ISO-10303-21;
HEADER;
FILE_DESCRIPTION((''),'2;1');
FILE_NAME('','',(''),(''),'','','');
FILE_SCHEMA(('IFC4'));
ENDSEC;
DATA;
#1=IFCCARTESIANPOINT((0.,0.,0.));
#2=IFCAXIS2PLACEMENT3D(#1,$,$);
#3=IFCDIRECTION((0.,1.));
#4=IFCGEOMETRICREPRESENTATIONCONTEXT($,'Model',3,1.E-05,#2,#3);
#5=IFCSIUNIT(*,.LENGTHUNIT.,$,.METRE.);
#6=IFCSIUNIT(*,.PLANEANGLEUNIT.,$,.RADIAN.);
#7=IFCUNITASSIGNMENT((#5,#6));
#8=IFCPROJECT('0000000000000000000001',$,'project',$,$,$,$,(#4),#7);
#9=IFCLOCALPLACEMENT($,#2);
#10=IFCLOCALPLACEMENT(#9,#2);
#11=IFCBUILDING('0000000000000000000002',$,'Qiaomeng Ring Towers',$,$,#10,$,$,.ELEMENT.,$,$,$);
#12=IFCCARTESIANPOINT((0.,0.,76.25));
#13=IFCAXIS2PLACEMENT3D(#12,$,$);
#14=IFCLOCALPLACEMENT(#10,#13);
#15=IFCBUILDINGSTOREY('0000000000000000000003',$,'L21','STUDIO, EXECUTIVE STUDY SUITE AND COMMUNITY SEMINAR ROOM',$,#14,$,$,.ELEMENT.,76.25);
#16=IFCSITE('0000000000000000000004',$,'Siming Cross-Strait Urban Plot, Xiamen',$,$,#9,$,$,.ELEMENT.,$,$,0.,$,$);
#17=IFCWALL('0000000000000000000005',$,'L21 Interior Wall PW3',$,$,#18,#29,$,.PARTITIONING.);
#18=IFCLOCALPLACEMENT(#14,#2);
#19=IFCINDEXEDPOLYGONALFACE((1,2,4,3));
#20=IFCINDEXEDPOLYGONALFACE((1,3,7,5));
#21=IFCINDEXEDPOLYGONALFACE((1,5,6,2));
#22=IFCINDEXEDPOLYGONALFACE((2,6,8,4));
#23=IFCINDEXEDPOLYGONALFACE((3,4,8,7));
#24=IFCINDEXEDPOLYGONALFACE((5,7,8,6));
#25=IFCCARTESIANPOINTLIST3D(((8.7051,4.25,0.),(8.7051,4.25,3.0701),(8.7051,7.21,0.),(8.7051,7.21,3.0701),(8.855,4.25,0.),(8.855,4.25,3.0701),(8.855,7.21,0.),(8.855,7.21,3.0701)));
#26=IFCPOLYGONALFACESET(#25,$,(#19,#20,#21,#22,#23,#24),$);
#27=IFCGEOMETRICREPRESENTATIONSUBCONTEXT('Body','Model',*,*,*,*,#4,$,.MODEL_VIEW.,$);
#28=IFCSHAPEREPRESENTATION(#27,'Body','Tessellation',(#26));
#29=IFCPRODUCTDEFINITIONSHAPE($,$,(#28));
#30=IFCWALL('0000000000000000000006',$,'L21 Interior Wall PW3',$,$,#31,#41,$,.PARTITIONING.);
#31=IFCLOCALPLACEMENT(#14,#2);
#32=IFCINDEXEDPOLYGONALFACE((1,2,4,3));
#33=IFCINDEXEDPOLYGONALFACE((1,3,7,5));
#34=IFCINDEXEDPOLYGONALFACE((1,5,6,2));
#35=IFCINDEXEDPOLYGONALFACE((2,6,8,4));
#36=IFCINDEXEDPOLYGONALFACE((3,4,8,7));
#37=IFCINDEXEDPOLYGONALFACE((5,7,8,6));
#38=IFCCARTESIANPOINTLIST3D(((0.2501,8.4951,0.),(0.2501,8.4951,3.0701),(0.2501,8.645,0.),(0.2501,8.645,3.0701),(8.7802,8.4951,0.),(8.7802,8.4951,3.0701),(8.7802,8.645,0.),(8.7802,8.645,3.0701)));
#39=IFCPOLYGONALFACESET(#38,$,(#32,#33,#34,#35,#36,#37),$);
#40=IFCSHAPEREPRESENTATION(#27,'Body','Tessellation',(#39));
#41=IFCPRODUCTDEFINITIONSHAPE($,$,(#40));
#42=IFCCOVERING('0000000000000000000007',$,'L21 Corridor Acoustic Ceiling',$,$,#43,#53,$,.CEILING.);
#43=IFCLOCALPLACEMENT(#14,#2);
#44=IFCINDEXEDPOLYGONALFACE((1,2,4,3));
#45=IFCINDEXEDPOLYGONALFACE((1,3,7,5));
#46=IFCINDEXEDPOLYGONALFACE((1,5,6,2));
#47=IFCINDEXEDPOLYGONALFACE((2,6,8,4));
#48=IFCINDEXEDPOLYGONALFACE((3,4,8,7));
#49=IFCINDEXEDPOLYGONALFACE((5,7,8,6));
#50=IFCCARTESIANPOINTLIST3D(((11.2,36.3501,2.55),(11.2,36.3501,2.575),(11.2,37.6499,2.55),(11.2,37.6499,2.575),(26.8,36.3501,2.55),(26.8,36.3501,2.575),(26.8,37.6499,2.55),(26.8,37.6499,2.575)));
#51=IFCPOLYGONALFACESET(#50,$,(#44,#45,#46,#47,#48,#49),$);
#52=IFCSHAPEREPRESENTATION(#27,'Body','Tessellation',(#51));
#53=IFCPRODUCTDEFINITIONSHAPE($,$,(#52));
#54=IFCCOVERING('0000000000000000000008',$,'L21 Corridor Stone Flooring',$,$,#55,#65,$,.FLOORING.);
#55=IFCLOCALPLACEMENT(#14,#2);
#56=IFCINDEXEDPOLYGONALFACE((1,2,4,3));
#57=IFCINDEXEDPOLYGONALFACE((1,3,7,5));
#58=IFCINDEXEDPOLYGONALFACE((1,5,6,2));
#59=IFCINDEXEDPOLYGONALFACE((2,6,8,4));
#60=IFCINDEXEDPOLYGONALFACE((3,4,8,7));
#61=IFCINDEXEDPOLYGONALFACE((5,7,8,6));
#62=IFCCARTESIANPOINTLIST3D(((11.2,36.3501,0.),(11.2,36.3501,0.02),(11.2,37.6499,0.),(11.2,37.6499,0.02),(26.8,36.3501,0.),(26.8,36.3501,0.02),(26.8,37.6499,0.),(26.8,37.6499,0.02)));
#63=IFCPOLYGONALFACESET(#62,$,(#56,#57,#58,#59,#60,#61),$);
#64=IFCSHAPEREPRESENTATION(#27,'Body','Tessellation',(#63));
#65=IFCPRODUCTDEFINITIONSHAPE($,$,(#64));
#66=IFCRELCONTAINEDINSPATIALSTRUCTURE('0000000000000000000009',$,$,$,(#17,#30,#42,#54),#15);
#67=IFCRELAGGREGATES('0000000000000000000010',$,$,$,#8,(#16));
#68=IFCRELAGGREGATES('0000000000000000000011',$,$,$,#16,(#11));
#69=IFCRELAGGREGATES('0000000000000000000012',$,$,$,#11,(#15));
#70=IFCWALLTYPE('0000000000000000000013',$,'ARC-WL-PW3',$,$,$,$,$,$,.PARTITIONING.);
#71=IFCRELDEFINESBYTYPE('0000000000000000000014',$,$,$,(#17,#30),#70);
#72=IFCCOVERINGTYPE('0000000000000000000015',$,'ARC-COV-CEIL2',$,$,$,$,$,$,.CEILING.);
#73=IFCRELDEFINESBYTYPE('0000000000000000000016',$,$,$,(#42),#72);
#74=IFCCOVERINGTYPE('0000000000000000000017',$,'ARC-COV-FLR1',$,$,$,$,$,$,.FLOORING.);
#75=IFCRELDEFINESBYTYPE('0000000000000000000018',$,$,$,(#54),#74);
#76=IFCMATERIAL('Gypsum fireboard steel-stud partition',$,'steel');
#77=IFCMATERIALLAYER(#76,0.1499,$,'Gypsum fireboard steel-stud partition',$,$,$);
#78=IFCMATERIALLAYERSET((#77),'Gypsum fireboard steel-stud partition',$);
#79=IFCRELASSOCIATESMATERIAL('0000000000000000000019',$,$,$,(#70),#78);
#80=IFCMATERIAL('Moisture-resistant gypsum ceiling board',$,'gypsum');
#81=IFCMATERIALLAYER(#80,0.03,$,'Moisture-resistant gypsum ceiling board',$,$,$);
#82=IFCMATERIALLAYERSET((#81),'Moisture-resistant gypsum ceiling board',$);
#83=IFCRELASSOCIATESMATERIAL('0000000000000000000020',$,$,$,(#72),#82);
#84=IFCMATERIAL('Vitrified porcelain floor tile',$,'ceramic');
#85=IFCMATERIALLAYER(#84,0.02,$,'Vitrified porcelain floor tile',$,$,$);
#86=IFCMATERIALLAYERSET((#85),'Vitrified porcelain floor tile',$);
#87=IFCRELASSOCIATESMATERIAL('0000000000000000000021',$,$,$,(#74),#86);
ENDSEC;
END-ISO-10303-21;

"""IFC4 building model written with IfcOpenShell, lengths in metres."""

from ifc_helpers import new_model, si_unit, direction, frame, frame_2d, origin, place, context, subcontext, project, spatial, polyline, rectangle, outline, extrude, material, layer, layer_set, type_object, element, save


model = new_model("IFC4")

# Units and contexts
model_context = context("Model", 3, precision=1e-05, world=origin(), true_north=direction((0.0, 1.0)))
body_context = subcontext(model_context, "Body", "Model", "MODEL_VIEW")
ifc_project = project(units=[si_unit("LENGTHUNIT", "METRE"), si_unit("PLANEANGLEUNIT", "RADIAN")], contexts=[model_context])

# Site, building, storey
site_placement = place(None, origin())
site = spatial("IfcSite", under=ifc_project, at=site_placement, Name="Siming Cross-Strait Urban Plot, Xiamen", CompositionType="ELEMENT", RefElevation=0.0)
building_placement = place(site_placement, origin())
building = spatial("IfcBuilding", under=site, at=building_placement, Name="Qiaomeng Ring Towers", CompositionType="ELEMENT")
storey_placement = place(building_placement, frame((0.0, 0.0, 76.25)))
storey = spatial("IfcBuildingStorey", under=building, at=storey_placement, Name="L21", Description="STUDIO, EXECUTIVE STUDY SUITE AND COMMUNITY SEMINAR ROOM", CompositionType="ELEMENT", Elevation=76.25)

# Walls
ifc_material_1 = material(Name="Gypsum fireboard steel-stud partition", Category="steel")
ifc_layer_1 = layer(ifc_material_1, 0.1499, Name="Gypsum fireboard steel-stud partition")
ifc_layer_set_1 = layer_set([ifc_layer_1], Name="Gypsum fireboard steel-stud partition")
wall_type_1 = type_object("IfcWallType", Name="ARC-WL-PW3", PredefinedType="PARTITIONING", material=ifc_layer_set_1)
wall_1_placement = place(storey_placement, frame((8.78, 4.25, 0.0), z_axis=(0.0, 0.0, 1.0), x_axis=(0.0, 1.0, 0.0)))
element("IfcWall", 1, at=wall_1_placement, inside=storey, type_object=wall_type_1, Name="L21 Interior Wall PW3", PredefinedType="PARTITIONING", context=body_context, shape_type="SweptSolid", body=[
    extrude(rectangle(XDim=2.96, YDim=0.1499, at=frame_2d((1.48, 0.0))), origin(), (0.0, 0.0, 1.0), 3.0701),
])
wall_2_placement = place(storey_placement, frame((0.25, 8.5701, 0.0), z_axis=(0.0, 0.0, 1.0), x_axis=(1.0, 0.0, 0.0)))
element("IfcWall", 2, at=wall_2_placement, inside=storey, type_object=wall_type_1, Name="L21 Interior Wall PW3", PredefinedType="PARTITIONING", context=body_context, shape_type="SweptSolid", body=[
    extrude(rectangle(XDim=8.53, YDim=0.1499, at=frame_2d((4.2651, 0.0))), origin(), (0.0, 0.0, 1.0), 3.0701),
])

# Coverings
ifc_material_2 = material(Name="Moisture-resistant gypsum ceiling board", Category="gypsum")
ifc_layer_2 = layer(ifc_material_2, 0.03, Name="Moisture-resistant gypsum ceiling board")
ifc_layer_set_2 = layer_set([ifc_layer_2], Name="Moisture-resistant gypsum ceiling board")
covering_type_1 = type_object("IfcCoveringType", Name="ARC-COV-CEIL2", PredefinedType="CEILING", material=ifc_layer_set_2)
covering_1_placement = place(storey_placement, frame((0.0, 0.0, 2.55)))
element("IfcCovering", 3, at=covering_1_placement, inside=storey, type_object=covering_type_1, Name="L21 Corridor Acoustic Ceiling", PredefinedType="CEILING", context=body_context, shape_type="SweptSolid", body=[
    extrude(outline(polyline([(11.2, 36.3501), (11.2, 37.6499), (26.8, 37.6499), (26.8, 36.3501), (11.2, 36.3501)])), origin(), (0.0, 0.0, 1.0), 0.0249),
])
ifc_material_3 = material(Name="Vitrified porcelain floor tile", Category="ceramic")
ifc_layer_3 = layer(ifc_material_3, 0.02, Name="Vitrified porcelain floor tile")
ifc_layer_set_3 = layer_set([ifc_layer_3], Name="Vitrified porcelain floor tile")
covering_type_2 = type_object("IfcCoveringType", Name="ARC-COV-FLR1", PredefinedType="FLOORING", material=ifc_layer_set_3)
covering_2_placement = place(storey_placement, origin())
element("IfcCovering", 4, at=covering_2_placement, inside=storey, type_object=covering_type_2, Name="L21 Corridor Stone Flooring", PredefinedType="FLOORING", context=body_context, shape_type="SweptSolid", body=[
    extrude(outline(polyline([(11.2, 36.3501), (11.2, 37.6499), (26.8, 37.6499), (26.8, 36.3501), (11.2, 36.3501)])), origin(), (0.0, 0.0, 1.0), 0.02),
])

save(model, "model.ifc")
